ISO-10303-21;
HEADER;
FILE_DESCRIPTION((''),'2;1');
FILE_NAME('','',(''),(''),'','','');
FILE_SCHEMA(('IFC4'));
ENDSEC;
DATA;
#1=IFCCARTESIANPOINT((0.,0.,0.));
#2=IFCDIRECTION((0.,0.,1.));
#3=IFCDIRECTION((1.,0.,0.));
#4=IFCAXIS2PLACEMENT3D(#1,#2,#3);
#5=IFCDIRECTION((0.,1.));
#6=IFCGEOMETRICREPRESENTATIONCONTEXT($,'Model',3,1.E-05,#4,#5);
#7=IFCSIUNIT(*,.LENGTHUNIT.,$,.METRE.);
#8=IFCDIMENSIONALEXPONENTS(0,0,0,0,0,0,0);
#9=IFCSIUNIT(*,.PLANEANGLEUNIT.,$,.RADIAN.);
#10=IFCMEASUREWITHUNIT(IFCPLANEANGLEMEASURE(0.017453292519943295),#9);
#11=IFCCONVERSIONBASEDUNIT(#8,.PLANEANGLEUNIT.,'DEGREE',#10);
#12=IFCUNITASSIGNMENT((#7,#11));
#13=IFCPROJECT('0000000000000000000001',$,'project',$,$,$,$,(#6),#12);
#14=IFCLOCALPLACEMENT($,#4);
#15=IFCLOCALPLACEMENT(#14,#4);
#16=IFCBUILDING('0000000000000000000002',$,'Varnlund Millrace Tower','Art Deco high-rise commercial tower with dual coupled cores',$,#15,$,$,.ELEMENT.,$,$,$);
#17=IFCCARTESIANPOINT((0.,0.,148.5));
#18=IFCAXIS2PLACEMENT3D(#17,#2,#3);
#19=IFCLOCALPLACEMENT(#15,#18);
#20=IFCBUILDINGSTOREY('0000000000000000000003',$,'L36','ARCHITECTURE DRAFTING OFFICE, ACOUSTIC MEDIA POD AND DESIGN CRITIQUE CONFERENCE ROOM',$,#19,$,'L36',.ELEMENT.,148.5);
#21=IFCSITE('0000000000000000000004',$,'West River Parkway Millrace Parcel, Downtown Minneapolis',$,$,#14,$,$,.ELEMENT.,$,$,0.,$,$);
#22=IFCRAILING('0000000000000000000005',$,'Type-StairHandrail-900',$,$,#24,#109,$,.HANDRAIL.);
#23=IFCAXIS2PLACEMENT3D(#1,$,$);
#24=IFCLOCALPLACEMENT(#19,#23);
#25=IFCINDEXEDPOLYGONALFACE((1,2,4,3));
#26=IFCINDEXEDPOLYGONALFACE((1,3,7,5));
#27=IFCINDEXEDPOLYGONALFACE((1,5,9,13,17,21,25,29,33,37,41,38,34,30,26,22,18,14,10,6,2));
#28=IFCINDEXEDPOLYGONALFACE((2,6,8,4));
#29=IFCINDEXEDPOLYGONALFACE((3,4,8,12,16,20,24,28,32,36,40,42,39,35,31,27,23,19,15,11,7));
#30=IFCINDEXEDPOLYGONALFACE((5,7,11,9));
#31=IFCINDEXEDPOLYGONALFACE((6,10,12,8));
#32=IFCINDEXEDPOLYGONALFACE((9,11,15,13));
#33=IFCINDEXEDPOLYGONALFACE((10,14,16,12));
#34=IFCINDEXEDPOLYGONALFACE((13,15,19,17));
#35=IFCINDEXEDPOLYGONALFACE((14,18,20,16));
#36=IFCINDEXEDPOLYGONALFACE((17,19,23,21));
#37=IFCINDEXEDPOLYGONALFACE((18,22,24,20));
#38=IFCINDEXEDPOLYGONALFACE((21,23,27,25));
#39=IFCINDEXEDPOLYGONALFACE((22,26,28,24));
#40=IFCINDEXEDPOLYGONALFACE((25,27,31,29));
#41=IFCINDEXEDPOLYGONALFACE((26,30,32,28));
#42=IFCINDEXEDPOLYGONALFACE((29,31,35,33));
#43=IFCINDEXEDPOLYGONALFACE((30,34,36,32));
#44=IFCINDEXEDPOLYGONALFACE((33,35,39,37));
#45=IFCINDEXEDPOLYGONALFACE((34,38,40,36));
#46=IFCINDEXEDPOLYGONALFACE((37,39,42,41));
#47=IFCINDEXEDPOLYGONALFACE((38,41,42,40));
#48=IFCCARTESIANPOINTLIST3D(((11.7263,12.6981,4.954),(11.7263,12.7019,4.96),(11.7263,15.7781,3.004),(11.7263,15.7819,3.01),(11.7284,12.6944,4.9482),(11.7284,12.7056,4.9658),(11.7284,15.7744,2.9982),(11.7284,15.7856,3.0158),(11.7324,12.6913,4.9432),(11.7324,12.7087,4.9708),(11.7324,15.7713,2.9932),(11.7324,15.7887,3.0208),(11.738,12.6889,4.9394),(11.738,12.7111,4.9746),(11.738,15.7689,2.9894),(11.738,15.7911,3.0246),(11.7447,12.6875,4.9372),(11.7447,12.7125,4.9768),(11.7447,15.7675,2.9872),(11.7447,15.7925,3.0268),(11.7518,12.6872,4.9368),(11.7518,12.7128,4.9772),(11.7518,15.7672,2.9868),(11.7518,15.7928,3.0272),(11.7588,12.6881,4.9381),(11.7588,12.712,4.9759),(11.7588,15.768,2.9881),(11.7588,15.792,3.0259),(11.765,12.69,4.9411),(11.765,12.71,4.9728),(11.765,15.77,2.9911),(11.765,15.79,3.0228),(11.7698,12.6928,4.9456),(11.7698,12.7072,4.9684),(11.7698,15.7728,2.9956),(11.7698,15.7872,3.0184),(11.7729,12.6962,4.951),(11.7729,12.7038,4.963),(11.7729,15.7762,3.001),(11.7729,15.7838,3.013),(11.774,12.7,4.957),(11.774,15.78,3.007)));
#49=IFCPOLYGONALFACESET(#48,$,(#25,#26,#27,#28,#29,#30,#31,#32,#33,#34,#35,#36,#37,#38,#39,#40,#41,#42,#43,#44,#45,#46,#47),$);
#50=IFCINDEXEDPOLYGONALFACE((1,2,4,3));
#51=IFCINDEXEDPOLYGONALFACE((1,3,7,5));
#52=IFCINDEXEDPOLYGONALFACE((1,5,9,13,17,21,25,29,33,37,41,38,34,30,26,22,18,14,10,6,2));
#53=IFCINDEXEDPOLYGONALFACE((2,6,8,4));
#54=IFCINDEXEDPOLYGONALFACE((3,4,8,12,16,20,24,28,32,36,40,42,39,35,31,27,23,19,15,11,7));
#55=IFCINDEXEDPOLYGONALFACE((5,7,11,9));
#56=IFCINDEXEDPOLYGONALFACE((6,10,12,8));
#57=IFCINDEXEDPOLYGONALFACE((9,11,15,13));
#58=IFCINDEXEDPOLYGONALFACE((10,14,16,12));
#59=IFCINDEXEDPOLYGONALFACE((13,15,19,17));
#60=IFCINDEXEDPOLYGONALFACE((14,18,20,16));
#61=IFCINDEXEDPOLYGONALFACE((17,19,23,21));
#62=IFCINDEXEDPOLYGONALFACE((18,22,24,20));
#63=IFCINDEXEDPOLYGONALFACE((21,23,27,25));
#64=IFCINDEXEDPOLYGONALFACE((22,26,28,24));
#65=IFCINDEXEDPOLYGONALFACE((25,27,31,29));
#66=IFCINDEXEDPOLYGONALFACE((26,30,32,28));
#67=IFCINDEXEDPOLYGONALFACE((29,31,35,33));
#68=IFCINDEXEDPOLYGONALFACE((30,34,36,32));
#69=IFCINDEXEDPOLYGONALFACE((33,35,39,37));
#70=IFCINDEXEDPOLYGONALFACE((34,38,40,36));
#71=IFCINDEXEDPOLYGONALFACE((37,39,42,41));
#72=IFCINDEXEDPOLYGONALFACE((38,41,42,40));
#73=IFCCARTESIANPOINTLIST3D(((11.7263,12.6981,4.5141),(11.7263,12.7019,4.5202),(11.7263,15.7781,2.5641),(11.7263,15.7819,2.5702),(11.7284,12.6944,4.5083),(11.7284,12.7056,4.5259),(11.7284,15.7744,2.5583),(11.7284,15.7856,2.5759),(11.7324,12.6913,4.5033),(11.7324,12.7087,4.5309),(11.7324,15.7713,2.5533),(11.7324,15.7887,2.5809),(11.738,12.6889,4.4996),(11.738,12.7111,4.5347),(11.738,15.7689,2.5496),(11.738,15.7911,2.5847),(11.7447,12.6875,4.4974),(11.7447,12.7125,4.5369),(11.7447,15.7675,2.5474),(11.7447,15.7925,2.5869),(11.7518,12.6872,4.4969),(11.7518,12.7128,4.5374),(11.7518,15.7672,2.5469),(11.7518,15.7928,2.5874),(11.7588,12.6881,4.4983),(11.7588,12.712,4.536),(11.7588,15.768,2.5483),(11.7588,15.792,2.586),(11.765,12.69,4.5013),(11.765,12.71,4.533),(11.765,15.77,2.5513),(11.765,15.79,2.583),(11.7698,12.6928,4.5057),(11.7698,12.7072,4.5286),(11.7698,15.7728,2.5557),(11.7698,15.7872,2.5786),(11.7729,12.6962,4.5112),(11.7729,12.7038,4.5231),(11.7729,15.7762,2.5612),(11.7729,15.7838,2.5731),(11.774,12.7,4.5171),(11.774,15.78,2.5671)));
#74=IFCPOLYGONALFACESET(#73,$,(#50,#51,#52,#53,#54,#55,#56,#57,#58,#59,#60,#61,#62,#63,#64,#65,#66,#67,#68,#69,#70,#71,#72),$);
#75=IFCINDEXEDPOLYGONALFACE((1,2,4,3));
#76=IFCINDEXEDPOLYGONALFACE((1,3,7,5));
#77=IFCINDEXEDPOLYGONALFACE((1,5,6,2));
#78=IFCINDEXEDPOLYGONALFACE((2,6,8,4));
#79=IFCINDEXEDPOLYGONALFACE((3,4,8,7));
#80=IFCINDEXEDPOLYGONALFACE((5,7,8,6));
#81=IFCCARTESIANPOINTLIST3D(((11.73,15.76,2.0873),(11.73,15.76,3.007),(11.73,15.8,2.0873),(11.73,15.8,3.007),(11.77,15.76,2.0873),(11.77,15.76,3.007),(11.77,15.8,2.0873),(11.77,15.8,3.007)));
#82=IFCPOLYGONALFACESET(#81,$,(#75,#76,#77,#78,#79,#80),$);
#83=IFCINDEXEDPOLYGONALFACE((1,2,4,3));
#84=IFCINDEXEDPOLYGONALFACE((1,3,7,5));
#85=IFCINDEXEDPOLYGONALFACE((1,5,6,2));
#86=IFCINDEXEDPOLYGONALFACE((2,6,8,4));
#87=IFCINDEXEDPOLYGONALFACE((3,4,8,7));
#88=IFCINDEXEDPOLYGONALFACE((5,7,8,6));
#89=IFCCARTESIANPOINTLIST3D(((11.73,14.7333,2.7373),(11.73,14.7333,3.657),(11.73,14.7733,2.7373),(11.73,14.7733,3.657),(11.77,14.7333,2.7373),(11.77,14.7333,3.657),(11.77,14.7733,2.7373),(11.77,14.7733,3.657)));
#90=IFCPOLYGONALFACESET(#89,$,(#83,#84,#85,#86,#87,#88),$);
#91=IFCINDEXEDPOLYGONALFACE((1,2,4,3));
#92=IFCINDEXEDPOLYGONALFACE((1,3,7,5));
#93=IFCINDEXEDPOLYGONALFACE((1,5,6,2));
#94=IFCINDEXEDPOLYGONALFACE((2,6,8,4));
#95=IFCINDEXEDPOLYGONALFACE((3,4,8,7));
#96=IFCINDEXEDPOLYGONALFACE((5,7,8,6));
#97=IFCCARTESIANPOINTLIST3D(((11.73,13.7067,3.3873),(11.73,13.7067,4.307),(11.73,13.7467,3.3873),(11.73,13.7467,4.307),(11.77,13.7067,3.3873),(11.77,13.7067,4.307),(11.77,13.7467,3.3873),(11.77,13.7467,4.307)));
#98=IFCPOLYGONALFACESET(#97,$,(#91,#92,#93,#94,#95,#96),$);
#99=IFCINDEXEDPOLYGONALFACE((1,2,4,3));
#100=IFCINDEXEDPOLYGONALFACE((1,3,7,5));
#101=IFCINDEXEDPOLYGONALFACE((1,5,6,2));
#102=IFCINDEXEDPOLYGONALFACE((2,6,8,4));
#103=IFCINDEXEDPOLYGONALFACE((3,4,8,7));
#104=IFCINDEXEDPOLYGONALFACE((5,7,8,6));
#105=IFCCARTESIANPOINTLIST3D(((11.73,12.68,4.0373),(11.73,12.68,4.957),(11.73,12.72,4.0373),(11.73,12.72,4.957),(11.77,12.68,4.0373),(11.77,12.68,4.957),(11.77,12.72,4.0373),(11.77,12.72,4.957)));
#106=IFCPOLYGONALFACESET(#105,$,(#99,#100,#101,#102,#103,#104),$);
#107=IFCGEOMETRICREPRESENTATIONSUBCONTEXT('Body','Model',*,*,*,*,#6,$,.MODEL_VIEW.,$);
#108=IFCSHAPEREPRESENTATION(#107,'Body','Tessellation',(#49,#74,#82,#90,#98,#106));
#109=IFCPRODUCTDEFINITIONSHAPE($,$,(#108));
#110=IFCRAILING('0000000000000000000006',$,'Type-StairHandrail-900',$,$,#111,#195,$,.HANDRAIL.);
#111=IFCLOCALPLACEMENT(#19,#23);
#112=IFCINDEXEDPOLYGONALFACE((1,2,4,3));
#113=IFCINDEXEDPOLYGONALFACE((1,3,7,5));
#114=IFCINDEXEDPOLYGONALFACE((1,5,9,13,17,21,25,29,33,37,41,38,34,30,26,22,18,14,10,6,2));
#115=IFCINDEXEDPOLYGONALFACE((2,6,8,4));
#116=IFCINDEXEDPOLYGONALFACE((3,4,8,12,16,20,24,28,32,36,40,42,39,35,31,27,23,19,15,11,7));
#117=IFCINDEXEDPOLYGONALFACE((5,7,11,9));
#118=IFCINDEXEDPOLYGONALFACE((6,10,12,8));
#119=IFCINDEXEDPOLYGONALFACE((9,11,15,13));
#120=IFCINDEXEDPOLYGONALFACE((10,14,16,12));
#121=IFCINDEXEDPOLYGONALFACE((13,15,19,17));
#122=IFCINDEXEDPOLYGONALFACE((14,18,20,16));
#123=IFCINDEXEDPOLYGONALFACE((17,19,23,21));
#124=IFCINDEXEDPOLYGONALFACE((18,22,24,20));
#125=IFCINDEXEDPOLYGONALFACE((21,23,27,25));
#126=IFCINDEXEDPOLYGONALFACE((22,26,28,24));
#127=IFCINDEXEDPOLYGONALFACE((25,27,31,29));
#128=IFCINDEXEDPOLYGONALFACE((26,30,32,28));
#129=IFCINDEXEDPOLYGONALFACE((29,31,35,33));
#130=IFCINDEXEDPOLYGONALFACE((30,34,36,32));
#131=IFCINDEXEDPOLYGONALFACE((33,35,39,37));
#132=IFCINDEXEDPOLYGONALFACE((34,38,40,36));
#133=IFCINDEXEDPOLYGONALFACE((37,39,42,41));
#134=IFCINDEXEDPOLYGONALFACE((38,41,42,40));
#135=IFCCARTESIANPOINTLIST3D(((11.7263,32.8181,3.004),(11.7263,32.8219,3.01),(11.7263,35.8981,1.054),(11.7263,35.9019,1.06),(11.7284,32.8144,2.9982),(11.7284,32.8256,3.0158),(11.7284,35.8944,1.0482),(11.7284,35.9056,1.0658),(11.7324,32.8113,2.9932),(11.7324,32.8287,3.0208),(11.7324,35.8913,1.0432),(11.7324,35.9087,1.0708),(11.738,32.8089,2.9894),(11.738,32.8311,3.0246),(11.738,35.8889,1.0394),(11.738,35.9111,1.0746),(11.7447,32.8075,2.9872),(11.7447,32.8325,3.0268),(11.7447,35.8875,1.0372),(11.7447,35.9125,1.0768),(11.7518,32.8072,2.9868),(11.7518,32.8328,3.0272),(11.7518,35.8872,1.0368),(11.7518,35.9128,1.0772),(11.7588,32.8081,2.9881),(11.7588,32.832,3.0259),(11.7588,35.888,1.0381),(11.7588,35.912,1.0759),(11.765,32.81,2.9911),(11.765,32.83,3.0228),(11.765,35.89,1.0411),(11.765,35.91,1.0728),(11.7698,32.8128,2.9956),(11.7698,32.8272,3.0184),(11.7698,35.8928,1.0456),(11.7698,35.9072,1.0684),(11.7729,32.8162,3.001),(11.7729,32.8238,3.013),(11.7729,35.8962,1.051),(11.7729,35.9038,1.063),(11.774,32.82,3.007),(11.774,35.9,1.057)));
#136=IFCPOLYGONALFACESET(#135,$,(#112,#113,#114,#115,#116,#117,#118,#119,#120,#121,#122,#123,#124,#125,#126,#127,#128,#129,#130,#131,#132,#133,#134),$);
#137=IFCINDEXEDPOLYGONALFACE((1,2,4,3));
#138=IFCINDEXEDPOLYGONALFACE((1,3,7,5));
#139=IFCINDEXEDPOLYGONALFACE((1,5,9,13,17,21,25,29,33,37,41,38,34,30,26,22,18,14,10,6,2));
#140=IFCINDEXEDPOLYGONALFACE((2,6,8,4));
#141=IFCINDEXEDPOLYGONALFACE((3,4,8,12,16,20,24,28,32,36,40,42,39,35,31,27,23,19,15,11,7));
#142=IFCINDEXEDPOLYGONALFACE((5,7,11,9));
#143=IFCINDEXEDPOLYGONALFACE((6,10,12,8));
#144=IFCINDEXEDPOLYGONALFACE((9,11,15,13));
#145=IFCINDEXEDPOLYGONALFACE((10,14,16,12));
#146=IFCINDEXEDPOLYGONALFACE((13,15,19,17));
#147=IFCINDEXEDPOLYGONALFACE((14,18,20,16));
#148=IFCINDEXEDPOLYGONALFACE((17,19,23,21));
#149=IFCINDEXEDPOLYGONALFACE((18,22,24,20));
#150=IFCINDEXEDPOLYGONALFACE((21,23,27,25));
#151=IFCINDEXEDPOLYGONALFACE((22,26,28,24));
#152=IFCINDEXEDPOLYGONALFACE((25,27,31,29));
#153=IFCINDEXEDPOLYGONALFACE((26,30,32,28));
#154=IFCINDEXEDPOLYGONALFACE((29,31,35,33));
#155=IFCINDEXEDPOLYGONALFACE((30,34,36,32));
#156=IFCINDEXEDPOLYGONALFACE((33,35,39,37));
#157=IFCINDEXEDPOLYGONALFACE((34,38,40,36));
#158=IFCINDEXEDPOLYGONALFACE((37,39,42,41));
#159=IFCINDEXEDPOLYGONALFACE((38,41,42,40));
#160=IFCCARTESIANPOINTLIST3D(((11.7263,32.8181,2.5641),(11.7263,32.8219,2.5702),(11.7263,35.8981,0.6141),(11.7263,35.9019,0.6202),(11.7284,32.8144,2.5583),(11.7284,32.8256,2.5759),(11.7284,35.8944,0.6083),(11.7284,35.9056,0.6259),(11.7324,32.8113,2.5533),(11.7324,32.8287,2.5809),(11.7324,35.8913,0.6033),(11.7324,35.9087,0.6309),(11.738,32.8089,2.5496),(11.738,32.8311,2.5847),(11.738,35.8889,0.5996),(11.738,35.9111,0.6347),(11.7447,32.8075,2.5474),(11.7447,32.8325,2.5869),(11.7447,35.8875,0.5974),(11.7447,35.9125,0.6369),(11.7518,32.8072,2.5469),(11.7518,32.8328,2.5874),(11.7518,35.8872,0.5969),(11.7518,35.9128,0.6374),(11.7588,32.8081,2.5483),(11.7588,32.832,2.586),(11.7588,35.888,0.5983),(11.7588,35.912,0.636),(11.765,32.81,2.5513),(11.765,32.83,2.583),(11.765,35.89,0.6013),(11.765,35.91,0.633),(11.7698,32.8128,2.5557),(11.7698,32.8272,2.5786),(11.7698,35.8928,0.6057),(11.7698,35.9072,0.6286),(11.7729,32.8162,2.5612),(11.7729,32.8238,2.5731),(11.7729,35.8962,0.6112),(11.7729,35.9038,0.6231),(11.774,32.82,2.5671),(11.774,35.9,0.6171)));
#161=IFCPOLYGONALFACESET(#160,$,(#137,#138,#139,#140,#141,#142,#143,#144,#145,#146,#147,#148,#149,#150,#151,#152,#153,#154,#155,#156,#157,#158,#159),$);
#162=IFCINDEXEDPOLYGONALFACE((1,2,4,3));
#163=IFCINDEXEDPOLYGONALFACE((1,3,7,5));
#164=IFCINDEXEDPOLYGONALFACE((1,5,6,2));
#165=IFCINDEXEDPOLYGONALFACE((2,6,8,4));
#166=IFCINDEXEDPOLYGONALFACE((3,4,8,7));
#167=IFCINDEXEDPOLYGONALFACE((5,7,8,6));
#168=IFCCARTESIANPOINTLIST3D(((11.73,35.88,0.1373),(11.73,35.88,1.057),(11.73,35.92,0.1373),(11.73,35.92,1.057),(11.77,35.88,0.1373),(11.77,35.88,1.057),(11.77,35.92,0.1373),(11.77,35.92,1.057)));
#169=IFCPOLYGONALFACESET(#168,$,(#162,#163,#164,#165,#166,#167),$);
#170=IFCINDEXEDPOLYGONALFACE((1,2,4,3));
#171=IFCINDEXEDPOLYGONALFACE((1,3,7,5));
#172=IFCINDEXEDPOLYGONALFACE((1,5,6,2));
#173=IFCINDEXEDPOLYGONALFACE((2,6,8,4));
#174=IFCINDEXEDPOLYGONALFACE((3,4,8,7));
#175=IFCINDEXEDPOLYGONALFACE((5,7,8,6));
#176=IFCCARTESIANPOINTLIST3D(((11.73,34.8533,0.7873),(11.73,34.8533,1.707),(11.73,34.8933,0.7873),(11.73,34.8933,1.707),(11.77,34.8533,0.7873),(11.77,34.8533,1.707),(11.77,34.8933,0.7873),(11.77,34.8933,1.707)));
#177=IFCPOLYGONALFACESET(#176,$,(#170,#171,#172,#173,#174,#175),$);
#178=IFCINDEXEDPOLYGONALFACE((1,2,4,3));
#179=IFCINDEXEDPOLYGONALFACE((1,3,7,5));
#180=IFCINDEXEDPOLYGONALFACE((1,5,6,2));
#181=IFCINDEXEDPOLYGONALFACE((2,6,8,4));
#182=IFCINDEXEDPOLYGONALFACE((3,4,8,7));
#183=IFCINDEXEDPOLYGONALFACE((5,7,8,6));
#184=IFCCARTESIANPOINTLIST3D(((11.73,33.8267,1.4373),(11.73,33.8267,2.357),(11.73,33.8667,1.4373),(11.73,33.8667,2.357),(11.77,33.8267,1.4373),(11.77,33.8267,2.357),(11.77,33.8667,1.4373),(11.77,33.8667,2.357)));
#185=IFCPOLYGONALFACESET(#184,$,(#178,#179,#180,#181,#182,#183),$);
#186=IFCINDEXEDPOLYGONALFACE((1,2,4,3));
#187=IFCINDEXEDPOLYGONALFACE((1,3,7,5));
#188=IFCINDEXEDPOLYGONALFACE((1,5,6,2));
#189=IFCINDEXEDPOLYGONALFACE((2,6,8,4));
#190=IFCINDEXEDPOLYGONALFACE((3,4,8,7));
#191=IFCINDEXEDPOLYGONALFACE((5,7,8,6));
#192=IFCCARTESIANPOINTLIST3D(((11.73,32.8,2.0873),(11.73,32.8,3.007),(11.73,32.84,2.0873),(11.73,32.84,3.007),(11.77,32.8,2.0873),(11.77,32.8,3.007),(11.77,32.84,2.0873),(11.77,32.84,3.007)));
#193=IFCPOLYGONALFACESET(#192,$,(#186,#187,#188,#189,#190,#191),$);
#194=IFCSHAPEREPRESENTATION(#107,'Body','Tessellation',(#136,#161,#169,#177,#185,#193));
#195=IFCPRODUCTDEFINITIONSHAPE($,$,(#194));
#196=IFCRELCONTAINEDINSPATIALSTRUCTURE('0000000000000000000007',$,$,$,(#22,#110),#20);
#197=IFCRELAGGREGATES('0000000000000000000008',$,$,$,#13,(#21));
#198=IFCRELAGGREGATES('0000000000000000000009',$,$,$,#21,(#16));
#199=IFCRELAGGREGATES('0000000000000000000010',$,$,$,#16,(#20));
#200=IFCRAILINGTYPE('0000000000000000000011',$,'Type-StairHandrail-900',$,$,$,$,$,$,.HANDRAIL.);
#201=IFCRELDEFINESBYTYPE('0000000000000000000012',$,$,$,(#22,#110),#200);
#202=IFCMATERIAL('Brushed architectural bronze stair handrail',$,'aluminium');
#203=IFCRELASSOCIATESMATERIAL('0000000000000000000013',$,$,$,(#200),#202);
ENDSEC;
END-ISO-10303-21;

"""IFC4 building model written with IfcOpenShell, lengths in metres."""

from ifc_helpers import new_model, entity, si_unit, converted_unit, direction, frame, origin_with_axes, origin_2d_with_axis, place, context, subcontext, project, spatial, rectangle, circle, extrude, material, type_object, element, save


model = new_model("IFC4")

# Units and contexts
model_context = context("Model", 3, precision=1e-05, world=origin_with_axes(), true_north=direction((0.0, 1.0)))
body_context = subcontext(model_context, "Body", "Model", "MODEL_VIEW")
ifc_project = project(units=[si_unit("LENGTHUNIT", "METRE"), converted_unit("PLANEANGLEUNIT", "DEGREE", entity("IfcPlaneAngleMeasure", 0.017453292519943295), si_unit("PLANEANGLEUNIT", "RADIAN"), dimensions=[0, 0, 0, 0, 0, 0, 0])], contexts=[model_context])

# Site, building, storey
site_placement = place(None, origin_with_axes())
site = spatial("IfcSite", under=ifc_project, at=site_placement, Name="West River Parkway Millrace Parcel, Downtown Minneapolis", CompositionType="ELEMENT", RefElevation=0.0)
building_placement = place(site_placement, origin_with_axes())
building = spatial("IfcBuilding", under=site, at=building_placement, Name="Varnlund Millrace Tower", Description="Art Deco high-rise commercial tower with dual coupled cores", CompositionType="ELEMENT")
storey_placement = place(building_placement, frame((0.0, 0.0, 148.5), z_axis=(0.0, 0.0, 1.0), x_axis=(1.0, 0.0, 0.0)))
storey = spatial("IfcBuildingStorey", under=building, at=storey_placement, Name="L36", Description="ARCHITECTURE DRAFTING OFFICE, ACOUSTIC MEDIA POD AND DESIGN CRITIQUE CONFERENCE ROOM", LongName="L36", CompositionType="ELEMENT", Elevation=148.5)

# Railings
ifc_material_1 = material(Name="Brushed architectural bronze stair handrail", Category="aluminium")
railing_type_1 = type_object("IfcRailingType", Name="Type-StairHandrail-900", PredefinedType="HANDRAIL", material=ifc_material_1)
railing_1_placement = place(storey_placement, frame((0.0, 0.0, -148.5), z_axis=(0.0, 0.0, 1.0), x_axis=(1.0, 0.0, 0.0)))
element("IfcRailing", 1, at=railing_1_placement, inside=storey, type_object=railing_type_1, Name="Type-StairHandrail-900", PredefinedType="HANDRAIL", context=body_context, shape_type="SweptSolid", body=[
    extrude(circle(Radius=0.024, at=origin_2d_with_axis()), frame((11.75, 15.78, 151.507), z_axis=(0.0, -0.844902, 0.534922), x_axis=(1.0, 0.0, 0.0)), (0.0, 0.0, 1.0), 3.6454),
    extrude(circle(Radius=0.024, at=origin_2d_with_axis()), frame((11.75, 15.78, 151.0671), z_axis=(0.0, -0.844902, 0.534922), x_axis=(1.0, 0.0, 0.0)), (0.0, 0.0, 1.0), 3.6454),
    extrude(rectangle(XDim=0.04, YDim=0.04, at=origin_2d_with_axis()), frame((11.75, 15.78, 150.5873), z_axis=(0.0, 0.0, 1.0), x_axis=(1.0, 0.0, 0.0)), (0.0, 0.0, 1.0), 0.9197),
    extrude(rectangle(XDim=0.04, YDim=0.04, at=origin_2d_with_axis()), frame((11.75, 14.7533, 151.2373), z_axis=(0.0, 0.0, 1.0), x_axis=(1.0, 0.0, 0.0)), (0.0, 0.0, 1.0), 0.9197),
    extrude(rectangle(XDim=0.04, YDim=0.04, at=origin_2d_with_axis()), frame((11.75, 13.7267, 151.8873), z_axis=(0.0, 0.0, 1.0), x_axis=(1.0, 0.0, 0.0)), (0.0, 0.0, 1.0), 0.9197),
    extrude(rectangle(XDim=0.04, YDim=0.04, at=origin_2d_with_axis()), frame((11.75, 12.7, 152.5373), z_axis=(0.0, 0.0, 1.0), x_axis=(1.0, 0.0, 0.0)), (0.0, 0.0, 1.0), 0.9197),
])
railing_2_placement = place(storey_placement, frame((0.0, 0.0, -148.5), z_axis=(0.0, 0.0, 1.0), x_axis=(1.0, 0.0, 0.0)))
element("IfcRailing", 2, at=railing_2_placement, inside=storey, type_object=railing_type_1, Name="Type-StairHandrail-900", PredefinedType="HANDRAIL", context=body_context, shape_type="SweptSolid", body=[
    extrude(circle(Radius=0.024, at=origin_2d_with_axis()), frame((11.75, 35.9, 149.557), z_axis=(0.0, -0.844902, 0.534922), x_axis=(1.0, 0.0, 0.0)), (0.0, 0.0, 1.0), 3.6454),
    extrude(circle(Radius=0.024, at=origin_2d_with_axis()), frame((11.75, 35.9, 149.1171), z_axis=(0.0, -0.844902, 0.534922), x_axis=(1.0, 0.0, 0.0)), (0.0, 0.0, 1.0), 3.6454),
    extrude(rectangle(XDim=0.04, YDim=0.04, at=origin_2d_with_axis()), frame((11.75, 35.9, 148.6373), z_axis=(0.0, 0.0, 1.0), x_axis=(1.0, 0.0, 0.0)), (0.0, 0.0, 1.0), 0.9197),
    extrude(rectangle(XDim=0.04, YDim=0.04, at=origin_2d_with_axis()), frame((11.75, 34.8733, 149.2873), z_axis=(0.0, 0.0, 1.0), x_axis=(1.0, 0.0, 0.0)), (0.0, 0.0, 1.0), 0.9197),
    extrude(rectangle(XDim=0.04, YDim=0.04, at=origin_2d_with_axis()), frame((11.75, 33.8467, 149.9373), z_axis=(0.0, 0.0, 1.0), x_axis=(1.0, 0.0, 0.0)), (0.0, 0.0, 1.0), 0.9197),
    extrude(rectangle(XDim=0.04, YDim=0.04, at=origin_2d_with_axis()), frame((11.75, 32.82, 150.5873), z_axis=(0.0, 0.0, 1.0), x_axis=(1.0, 0.0, 0.0)), (0.0, 0.0, 1.0), 0.9197),
])

save(model, "model.ifc")
